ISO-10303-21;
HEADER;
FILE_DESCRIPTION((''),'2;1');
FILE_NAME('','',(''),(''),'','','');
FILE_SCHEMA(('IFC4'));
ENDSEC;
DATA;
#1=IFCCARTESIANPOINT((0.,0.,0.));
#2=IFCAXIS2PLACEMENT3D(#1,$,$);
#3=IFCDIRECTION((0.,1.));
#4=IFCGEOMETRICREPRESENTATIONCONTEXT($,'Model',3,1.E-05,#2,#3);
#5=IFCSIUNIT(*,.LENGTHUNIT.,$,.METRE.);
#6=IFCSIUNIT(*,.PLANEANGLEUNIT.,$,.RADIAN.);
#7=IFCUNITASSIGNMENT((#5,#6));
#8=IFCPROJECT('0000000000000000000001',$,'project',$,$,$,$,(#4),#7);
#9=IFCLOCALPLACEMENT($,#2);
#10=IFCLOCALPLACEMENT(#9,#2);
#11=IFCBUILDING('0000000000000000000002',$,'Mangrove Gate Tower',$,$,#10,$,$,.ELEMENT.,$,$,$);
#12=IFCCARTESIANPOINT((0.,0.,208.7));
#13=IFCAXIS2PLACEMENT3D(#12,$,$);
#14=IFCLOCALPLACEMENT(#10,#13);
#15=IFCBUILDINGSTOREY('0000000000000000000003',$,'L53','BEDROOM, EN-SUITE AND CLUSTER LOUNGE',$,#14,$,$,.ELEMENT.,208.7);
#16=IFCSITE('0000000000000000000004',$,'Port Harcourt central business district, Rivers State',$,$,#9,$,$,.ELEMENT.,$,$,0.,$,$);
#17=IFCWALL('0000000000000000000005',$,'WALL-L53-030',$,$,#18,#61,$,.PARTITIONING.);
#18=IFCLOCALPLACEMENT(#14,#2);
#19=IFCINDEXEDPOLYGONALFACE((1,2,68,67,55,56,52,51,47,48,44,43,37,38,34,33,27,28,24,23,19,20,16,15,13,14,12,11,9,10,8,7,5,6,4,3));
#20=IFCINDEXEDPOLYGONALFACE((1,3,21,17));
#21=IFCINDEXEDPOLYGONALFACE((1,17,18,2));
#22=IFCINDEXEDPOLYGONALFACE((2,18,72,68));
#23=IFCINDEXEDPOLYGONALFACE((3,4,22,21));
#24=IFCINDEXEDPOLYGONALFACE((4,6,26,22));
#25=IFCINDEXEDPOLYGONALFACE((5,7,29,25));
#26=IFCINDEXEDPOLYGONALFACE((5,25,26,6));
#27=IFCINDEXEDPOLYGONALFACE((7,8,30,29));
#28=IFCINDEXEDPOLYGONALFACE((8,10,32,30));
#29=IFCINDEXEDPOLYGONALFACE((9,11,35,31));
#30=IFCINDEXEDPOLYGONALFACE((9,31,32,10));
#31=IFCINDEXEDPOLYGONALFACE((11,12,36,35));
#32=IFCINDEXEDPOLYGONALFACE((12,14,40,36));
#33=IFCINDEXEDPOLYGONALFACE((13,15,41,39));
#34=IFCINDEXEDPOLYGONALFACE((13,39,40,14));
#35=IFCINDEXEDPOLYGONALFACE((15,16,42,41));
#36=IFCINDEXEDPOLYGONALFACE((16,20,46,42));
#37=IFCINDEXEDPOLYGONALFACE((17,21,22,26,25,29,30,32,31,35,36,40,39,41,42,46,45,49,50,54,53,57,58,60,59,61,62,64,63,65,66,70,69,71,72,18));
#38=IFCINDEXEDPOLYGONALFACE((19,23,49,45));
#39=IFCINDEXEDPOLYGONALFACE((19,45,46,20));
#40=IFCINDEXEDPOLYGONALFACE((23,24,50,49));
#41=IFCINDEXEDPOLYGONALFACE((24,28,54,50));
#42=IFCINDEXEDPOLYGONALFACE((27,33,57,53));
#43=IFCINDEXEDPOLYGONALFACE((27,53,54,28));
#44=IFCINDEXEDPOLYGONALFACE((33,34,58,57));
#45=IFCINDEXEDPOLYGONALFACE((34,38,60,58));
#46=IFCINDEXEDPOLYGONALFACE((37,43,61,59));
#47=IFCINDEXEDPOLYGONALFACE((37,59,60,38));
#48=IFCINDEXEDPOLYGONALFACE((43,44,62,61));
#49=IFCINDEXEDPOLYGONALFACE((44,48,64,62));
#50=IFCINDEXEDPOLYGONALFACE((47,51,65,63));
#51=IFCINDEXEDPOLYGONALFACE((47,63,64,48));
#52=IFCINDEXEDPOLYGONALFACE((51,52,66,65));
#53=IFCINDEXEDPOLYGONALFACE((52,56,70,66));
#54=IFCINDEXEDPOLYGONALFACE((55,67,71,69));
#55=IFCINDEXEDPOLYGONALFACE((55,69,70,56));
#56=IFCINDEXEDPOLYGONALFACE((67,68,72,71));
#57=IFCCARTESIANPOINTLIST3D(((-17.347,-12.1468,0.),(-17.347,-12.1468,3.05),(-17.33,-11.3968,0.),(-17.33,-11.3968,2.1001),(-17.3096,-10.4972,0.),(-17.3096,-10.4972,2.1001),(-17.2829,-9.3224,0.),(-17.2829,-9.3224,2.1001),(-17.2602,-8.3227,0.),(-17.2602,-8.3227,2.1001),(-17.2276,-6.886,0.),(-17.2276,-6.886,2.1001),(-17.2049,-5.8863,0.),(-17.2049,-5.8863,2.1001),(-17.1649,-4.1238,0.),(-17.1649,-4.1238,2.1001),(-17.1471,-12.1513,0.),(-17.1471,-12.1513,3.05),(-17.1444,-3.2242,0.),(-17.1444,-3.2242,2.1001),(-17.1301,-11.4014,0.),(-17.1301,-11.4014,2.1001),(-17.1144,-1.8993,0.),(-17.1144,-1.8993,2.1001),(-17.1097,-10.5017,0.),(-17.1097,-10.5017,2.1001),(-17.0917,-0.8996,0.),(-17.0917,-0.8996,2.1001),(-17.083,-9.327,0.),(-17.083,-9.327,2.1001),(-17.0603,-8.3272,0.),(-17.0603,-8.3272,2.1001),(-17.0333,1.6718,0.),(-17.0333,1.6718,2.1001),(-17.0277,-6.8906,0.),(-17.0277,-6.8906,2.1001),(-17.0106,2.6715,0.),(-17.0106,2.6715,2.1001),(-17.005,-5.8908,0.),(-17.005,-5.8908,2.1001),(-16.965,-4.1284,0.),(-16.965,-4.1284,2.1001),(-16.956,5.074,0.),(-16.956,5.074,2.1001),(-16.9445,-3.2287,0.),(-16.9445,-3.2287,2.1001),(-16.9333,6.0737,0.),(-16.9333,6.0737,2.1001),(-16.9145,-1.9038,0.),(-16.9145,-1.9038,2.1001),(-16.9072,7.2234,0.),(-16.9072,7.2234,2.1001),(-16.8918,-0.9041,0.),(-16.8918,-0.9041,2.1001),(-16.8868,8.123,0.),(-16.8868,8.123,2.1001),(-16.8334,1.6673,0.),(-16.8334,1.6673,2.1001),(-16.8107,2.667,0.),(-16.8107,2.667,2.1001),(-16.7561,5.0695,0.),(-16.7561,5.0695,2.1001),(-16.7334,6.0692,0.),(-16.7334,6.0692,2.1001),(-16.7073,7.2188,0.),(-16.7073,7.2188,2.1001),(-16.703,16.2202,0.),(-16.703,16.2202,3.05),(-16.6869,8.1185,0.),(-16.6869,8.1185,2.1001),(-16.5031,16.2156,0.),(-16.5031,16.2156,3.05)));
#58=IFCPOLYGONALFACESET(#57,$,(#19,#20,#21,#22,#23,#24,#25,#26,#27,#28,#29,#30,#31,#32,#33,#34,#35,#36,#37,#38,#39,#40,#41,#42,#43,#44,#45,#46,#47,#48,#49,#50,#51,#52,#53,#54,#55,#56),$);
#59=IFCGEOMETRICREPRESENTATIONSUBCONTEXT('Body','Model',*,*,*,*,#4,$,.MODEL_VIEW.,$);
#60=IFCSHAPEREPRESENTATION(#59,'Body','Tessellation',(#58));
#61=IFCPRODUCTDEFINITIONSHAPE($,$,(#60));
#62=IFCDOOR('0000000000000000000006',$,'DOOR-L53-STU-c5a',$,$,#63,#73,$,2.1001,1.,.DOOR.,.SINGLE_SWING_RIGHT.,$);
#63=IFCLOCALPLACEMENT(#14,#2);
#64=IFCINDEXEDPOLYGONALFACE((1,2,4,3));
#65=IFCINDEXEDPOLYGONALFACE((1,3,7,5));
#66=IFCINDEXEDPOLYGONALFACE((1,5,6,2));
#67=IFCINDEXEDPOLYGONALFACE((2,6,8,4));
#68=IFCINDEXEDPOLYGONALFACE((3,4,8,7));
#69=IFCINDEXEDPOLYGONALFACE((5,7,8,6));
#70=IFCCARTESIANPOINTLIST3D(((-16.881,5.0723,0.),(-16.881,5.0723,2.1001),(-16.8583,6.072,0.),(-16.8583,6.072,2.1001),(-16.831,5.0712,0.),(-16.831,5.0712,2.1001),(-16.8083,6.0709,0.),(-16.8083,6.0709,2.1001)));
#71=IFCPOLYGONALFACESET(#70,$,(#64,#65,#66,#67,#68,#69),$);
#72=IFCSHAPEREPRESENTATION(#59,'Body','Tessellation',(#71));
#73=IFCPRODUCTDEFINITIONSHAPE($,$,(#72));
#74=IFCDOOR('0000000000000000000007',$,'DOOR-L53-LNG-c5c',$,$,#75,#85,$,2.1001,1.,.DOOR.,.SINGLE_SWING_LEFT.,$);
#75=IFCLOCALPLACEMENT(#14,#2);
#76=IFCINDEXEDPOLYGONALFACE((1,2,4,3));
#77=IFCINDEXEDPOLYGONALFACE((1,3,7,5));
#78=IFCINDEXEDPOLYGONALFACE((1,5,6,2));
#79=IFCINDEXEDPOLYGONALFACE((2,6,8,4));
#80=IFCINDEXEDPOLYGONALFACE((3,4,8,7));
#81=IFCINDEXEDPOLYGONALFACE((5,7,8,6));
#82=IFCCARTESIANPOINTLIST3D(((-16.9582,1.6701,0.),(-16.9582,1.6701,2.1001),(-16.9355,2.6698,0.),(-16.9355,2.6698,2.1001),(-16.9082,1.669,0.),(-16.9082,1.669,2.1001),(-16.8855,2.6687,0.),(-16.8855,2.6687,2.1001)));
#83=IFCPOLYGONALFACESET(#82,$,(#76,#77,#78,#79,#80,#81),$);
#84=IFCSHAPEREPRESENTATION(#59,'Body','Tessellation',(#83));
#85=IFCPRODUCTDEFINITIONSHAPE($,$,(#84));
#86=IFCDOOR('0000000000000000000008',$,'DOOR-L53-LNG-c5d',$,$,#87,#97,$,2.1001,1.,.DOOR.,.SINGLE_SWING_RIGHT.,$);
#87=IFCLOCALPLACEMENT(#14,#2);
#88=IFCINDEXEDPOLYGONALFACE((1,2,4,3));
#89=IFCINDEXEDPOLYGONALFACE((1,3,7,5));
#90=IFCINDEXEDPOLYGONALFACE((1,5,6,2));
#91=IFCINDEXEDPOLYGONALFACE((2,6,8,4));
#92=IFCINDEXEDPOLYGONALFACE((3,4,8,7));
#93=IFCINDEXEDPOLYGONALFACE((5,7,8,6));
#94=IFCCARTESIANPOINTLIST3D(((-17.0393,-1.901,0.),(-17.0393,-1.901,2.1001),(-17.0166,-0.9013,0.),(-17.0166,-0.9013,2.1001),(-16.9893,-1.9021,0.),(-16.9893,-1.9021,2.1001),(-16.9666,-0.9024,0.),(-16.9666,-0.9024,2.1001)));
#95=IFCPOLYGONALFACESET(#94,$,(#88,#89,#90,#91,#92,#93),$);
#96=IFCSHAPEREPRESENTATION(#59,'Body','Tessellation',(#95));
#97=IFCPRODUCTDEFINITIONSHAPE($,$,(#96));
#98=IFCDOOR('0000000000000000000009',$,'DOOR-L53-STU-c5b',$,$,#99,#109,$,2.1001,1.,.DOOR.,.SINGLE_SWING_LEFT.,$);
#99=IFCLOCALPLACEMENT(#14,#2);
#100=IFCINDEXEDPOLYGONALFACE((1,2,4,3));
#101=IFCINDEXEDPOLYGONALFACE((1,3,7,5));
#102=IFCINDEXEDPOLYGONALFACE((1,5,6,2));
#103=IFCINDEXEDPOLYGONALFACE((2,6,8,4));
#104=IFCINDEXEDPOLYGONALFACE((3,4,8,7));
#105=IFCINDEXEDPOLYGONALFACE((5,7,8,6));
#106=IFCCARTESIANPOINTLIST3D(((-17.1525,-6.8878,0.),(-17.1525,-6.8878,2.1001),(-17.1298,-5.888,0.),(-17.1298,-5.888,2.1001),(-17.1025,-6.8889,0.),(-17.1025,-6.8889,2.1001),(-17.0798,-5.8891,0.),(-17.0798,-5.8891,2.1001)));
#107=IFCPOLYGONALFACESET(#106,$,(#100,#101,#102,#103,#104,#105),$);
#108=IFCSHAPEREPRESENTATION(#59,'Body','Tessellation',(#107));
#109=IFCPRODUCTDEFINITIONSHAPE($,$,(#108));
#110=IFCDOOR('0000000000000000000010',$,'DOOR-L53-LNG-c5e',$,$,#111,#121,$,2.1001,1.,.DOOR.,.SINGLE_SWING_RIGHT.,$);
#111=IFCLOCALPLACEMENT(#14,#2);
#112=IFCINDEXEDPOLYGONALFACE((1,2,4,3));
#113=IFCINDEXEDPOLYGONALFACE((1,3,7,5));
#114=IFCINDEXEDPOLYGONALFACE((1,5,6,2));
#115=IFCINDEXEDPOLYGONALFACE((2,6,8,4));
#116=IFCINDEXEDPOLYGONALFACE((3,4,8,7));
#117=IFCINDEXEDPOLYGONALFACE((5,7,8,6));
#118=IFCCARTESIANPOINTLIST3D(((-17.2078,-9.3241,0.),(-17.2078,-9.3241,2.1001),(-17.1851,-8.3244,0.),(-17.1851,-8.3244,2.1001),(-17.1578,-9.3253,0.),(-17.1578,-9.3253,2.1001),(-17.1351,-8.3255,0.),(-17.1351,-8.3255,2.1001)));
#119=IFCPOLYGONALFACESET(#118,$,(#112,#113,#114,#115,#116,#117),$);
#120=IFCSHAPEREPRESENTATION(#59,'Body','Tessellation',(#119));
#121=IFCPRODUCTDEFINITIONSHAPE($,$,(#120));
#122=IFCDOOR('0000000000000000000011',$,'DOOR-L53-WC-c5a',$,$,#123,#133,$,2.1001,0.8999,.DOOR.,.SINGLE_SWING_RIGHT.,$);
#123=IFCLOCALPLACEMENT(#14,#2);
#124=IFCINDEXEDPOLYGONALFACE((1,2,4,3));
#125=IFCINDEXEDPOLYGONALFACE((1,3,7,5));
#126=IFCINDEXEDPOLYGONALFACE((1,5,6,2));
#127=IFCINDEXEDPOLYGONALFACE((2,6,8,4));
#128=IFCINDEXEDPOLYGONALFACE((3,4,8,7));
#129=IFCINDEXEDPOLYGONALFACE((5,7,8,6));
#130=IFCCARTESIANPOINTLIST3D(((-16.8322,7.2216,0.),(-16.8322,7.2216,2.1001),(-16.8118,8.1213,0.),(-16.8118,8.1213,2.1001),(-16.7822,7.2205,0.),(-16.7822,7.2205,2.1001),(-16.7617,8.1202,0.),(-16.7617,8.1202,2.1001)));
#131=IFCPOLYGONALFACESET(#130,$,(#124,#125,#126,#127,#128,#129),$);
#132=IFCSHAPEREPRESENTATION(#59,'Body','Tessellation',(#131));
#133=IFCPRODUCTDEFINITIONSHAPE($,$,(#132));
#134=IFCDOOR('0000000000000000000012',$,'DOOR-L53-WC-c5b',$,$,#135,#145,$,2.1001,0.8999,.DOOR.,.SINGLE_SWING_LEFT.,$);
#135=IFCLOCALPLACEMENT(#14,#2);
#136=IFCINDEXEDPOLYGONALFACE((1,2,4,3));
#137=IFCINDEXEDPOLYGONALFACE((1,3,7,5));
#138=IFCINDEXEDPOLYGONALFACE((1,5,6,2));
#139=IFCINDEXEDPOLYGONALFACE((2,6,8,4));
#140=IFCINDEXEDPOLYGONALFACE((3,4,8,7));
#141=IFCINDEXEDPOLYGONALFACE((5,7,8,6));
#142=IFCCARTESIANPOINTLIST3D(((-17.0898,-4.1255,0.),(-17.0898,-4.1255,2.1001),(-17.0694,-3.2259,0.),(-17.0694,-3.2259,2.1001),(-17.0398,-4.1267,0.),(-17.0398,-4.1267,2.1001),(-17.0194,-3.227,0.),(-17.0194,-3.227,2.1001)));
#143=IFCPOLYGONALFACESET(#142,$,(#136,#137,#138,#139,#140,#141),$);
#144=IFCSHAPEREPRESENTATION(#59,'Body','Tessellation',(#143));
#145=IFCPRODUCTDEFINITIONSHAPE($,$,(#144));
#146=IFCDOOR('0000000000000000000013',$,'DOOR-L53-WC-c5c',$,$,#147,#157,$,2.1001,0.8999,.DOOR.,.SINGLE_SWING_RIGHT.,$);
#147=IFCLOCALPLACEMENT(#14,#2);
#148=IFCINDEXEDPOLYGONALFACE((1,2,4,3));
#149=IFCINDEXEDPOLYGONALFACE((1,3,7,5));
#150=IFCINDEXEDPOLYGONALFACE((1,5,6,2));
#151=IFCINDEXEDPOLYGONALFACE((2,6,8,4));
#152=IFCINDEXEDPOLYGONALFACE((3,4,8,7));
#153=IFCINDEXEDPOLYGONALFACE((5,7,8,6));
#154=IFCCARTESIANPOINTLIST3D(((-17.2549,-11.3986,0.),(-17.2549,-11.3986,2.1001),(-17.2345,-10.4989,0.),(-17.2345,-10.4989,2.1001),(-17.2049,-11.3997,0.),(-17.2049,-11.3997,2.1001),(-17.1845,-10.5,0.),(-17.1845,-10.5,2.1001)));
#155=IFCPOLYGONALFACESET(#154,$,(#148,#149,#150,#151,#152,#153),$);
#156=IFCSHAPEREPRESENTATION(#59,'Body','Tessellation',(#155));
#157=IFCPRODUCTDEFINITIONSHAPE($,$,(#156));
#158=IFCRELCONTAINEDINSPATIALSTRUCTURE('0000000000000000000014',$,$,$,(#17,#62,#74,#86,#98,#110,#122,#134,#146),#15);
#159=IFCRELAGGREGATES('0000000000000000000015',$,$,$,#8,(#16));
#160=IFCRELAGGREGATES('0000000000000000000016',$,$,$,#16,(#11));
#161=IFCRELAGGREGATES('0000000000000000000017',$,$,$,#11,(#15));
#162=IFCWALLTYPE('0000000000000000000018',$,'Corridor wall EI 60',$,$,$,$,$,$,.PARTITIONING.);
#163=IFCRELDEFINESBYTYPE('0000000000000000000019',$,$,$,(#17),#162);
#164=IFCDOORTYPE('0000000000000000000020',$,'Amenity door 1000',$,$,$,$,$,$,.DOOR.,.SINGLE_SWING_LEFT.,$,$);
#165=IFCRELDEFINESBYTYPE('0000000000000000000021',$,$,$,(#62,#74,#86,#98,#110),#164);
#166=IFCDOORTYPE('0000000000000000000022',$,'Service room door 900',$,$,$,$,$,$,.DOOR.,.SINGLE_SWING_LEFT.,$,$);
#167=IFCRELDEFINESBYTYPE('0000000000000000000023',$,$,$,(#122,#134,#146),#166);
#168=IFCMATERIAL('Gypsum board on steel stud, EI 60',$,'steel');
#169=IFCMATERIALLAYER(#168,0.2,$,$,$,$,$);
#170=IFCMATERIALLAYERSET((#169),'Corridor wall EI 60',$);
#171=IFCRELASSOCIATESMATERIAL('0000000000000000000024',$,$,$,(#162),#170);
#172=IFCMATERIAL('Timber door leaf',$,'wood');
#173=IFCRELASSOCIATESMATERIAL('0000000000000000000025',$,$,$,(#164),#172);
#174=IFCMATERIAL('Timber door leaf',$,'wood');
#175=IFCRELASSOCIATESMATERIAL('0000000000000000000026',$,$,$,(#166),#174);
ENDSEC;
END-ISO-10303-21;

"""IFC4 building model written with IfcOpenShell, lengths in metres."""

from ifc_helpers import new_model, si_unit, direction, frame, frame_2d, origin, place, context, subcontext, project, spatial, rectangle, extrude, material, layer, layer_set, type_object, element, fill, save


model = new_model("IFC4")

# Units and contexts
model_context = context("Model", 3, precision=1e-05, world=origin(), true_north=direction((0.0, 1.0)))
body_context = subcontext(model_context, "Body", "Model", "MODEL_VIEW")
ifc_project = project(units=[si_unit("LENGTHUNIT", "METRE"), si_unit("PLANEANGLEUNIT", "RADIAN")], contexts=[model_context])

# Site, building, storey
site_placement = place(None, origin())
site = spatial("IfcSite", under=ifc_project, at=site_placement, Name="Port Harcourt central business district, Rivers State", CompositionType="ELEMENT", RefElevation=0.0)
building_placement = place(site_placement, origin())
building = spatial("IfcBuilding", under=site, at=building_placement, Name="Mangrove Gate Tower", CompositionType="ELEMENT")
storey_placement = place(building_placement, frame((0.0, 0.0, 208.7)))
storey = spatial("IfcBuildingStorey", under=building, at=storey_placement, Name="L53", Description="BEDROOM, EN-SUITE AND CLUSTER LOUNGE", CompositionType="ELEMENT", Elevation=208.7)

# Wall, openings, doors
ifc_material_1 = material(Name="Gypsum board on steel stud, EI 60", Category="steel")
ifc_layer_1 = layer(ifc_material_1, 0.2)
ifc_layer_set_1 = layer_set([ifc_layer_1], Name="Corridor wall EI 60")
wall_type_1 = type_object("IfcWallType", Name="Corridor wall EI 60", PredefinedType="PARTITIONING", material=ifc_layer_set_1)
wall_1_placement = place(storey_placement, frame((-17.2471, -12.1489, 0.0), z_axis=(0.0, 0.0, 1.0), x_axis=(0.022698, 0.999742, 0.0)))
wall_1 = element("IfcWall", 1, at=wall_1_placement, inside=storey, type_object=wall_type_1, Name="WALL-L53-030", PredefinedType="PARTITIONING", context=body_context, shape_type="SweptSolid", body=[
    extrude(rectangle(XDim=28.3743, YDim=0.2, at=frame_2d((14.187, 0.0))), origin(), (0.0, 0.0, 1.0), 3.05),
])
opening_1_placement = place(wall_1_placement, frame((17.2251, 0.0, 0.0)))
opening_1 = element("IfcOpeningElement", 2, at=opening_1_placement, cuts=wall_1, PredefinedType="OPENING", context=body_context, shape_type="SweptSolid", body=[
    extrude(rectangle(XDim=1.0, YDim=2.1001, at=frame_2d((0.5, 1.05))), frame((0.0, 0.1099, 0.0), z_axis=(0.0, -1.0, 0.0), x_axis=(1.0, 0.0, 0.0)), (0.0, 0.0, 1.0), 0.22),
])
opening_2_placement = place(wall_1_placement, frame((19.375, 0.0, 0.0)))
opening_2 = element("IfcOpeningElement", 3, at=opening_2_placement, cuts=wall_1, PredefinedType="OPENING", context=body_context, shape_type="SweptSolid", body=[
    extrude(rectangle(XDim=0.8999, YDim=2.1001, at=frame_2d((0.45, 1.05))), frame((0.0, 0.1099, 0.0), z_axis=(0.0, -1.0, 0.0), x_axis=(1.0, 0.0, 0.0)), (0.0, 0.0, 1.0), 0.22),
])
opening_3_placement = place(wall_1_placement, frame((13.822, 0.0, 0.0)))
opening_3 = element("IfcOpeningElement", 4, at=opening_3_placement, cuts=wall_1, PredefinedType="OPENING", context=body_context, shape_type="SweptSolid", body=[
    extrude(rectangle(XDim=1.0, YDim=2.1001, at=frame_2d((0.5, 1.05))), frame((0.0, 0.1099, 0.0), z_axis=(0.0, -1.0, 0.0), x_axis=(1.0, 0.0, 0.0)), (0.0, 0.0, 1.0), 0.22),
])
opening_4_placement = place(wall_1_placement, frame((10.25, 0.0, 0.0)))
opening_4 = element("IfcOpeningElement", 5, at=opening_4_placement, cuts=wall_1, PredefinedType="OPENING", context=body_context, shape_type="SweptSolid", body=[
    extrude(rectangle(XDim=1.0, YDim=2.1001, at=frame_2d((0.5, 1.05))), frame((0.0, 0.1099, 0.0), z_axis=(0.0, -1.0, 0.0), x_axis=(1.0, 0.0, 0.0)), (0.0, 0.0, 1.0), 0.22),
])
opening_5_placement = place(wall_1_placement, frame((8.0249, 0.0, 0.0)))
opening_5 = element("IfcOpeningElement", 6, at=opening_5_placement, cuts=wall_1, PredefinedType="OPENING", context=body_context, shape_type="SweptSolid", body=[
    extrude(rectangle(XDim=0.8999, YDim=2.1001, at=frame_2d((0.45, 1.05))), frame((0.0, 0.1099, 0.0), z_axis=(0.0, -1.0, 0.0), x_axis=(1.0, 0.0, 0.0)), (0.0, 0.0, 1.0), 0.22),
])
opening_6_placement = place(wall_1_placement, frame((5.262, 0.0, 0.0)))
opening_6 = element("IfcOpeningElement", 7, at=opening_6_placement, cuts=wall_1, PredefinedType="OPENING", context=body_context, shape_type="SweptSolid", body=[
    extrude(rectangle(XDim=1.0, YDim=2.1001, at=frame_2d((0.5, 1.05))), frame((0.0, 0.1099, 0.0), z_axis=(0.0, -1.0, 0.0), x_axis=(1.0, 0.0, 0.0)), (0.0, 0.0, 1.0), 0.22),
])
opening_7_placement = place(wall_1_placement, frame((2.825, 0.0, 0.0)))
opening_7 = element("IfcOpeningElement", 8, at=opening_7_placement, cuts=wall_1, PredefinedType="OPENING", context=body_context, shape_type="SweptSolid", body=[
    extrude(rectangle(XDim=1.0, YDim=2.1001, at=frame_2d((0.5, 1.05))), frame((0.0, 0.1099, 0.0), z_axis=(0.0, -1.0, 0.0), x_axis=(1.0, 0.0, 0.0)), (0.0, 0.0, 1.0), 0.22),
])
opening_8_placement = place(wall_1_placement, frame((0.75, 0.0, 0.0)))
opening_8 = element("IfcOpeningElement", 9, at=opening_8_placement, cuts=wall_1, PredefinedType="OPENING", context=body_context, shape_type="SweptSolid", body=[
    extrude(rectangle(XDim=0.8999, YDim=2.1001, at=frame_2d((0.45, 1.05))), frame((0.0, 0.1099, 0.0), z_axis=(0.0, -1.0, 0.0), x_axis=(1.0, 0.0, 0.0)), (0.0, 0.0, 1.0), 0.22),
])
ifc_material_2 = material(Name="Timber door leaf", Category="wood")
door_type_1 = type_object("IfcDoorType", Name="Amenity door 1000", OperationType="SINGLE_SWING_LEFT", PredefinedType="DOOR", material=ifc_material_2)
door_1_placement = place(opening_1_placement, origin())
door_1 = element("IfcDoor", 10, at=door_1_placement, inside=storey, type_object=door_type_1, Name="DOOR-L53-STU-c5a", OperationType="SINGLE_SWING_RIGHT", OverallHeight=2.1001, OverallWidth=1.0, PredefinedType="DOOR", context=body_context, shape_type="SweptSolid", body=[
    extrude(rectangle(XDim=1.0, YDim=2.1001, at=frame_2d((0.5, 1.05))), frame((0.0, 0.0249, 0.0), z_axis=(0.0, -1.0, 0.0), x_axis=(1.0, 0.0, 0.0)), (0.0, 0.0, 1.0), 0.05),
])
fill(opening_1, door_1)
door_2_placement = place(opening_3_placement, origin())
door_2 = element("IfcDoor", 11, at=door_2_placement, inside=storey, type_object=door_type_1, Name="DOOR-L53-LNG-c5c", OperationType="SINGLE_SWING_LEFT", OverallHeight=2.1001, OverallWidth=1.0, PredefinedType="DOOR", context=body_context, shape_type="SweptSolid", body=[
    extrude(rectangle(XDim=1.0, YDim=2.1001, at=frame_2d((0.5, 1.05))), frame((0.0, 0.0249, 0.0), z_axis=(0.0, -1.0, 0.0), x_axis=(1.0, 0.0, 0.0)), (0.0, 0.0, 1.0), 0.05),
])
fill(opening_3, door_2)
door_3_placement = place(opening_4_placement, origin())
door_3 = element("IfcDoor", 12, at=door_3_placement, inside=storey, type_object=door_type_1, Name="DOOR-L53-LNG-c5d", OperationType="SINGLE_SWING_RIGHT", OverallHeight=2.1001, OverallWidth=1.0, PredefinedType="DOOR", context=body_context, shape_type="SweptSolid", body=[
    extrude(rectangle(XDim=1.0, YDim=2.1001, at=frame_2d((0.5, 1.05))), frame((0.0, 0.0249, 0.0), z_axis=(0.0, -1.0, 0.0), x_axis=(1.0, 0.0, 0.0)), (0.0, 0.0, 1.0), 0.05),
])
fill(opening_4, door_3)
door_4_placement = place(opening_6_placement, origin())
door_4 = element("IfcDoor", 13, at=door_4_placement, inside=storey, type_object=door_type_1, Name="DOOR-L53-STU-c5b", OperationType="SINGLE_SWING_LEFT", OverallHeight=2.1001, OverallWidth=1.0, PredefinedType="DOOR", context=body_context, shape_type="SweptSolid", body=[
    extrude(rectangle(XDim=1.0, YDim=2.1001, at=frame_2d((0.5, 1.05))), frame((0.0, 0.0249, 0.0), z_axis=(0.0, -1.0, 0.0), x_axis=(1.0, 0.0, 0.0)), (0.0, 0.0, 1.0), 0.05),
])
fill(opening_6, door_4)
door_5_placement = place(opening_7_placement, origin())
door_5 = element("IfcDoor", 14, at=door_5_placement, inside=storey, type_object=door_type_1, Name="DOOR-L53-LNG-c5e", OperationType="SINGLE_SWING_RIGHT", OverallHeight=2.1001, OverallWidth=1.0, PredefinedType="DOOR", context=body_context, shape_type="SweptSolid", body=[
    extrude(rectangle(XDim=1.0, YDim=2.1001, at=frame_2d((0.5, 1.05))), frame((0.0, 0.0249, 0.0), z_axis=(0.0, -1.0, 0.0), x_axis=(1.0, 0.0, 0.0)), (0.0, 0.0, 1.0), 0.05),
])
fill(opening_7, door_5)
ifc_material_3 = material(Name="Timber door leaf", Category="wood")
door_type_2 = type_object("IfcDoorType", Name="Service room door 900", OperationType="SINGLE_SWING_LEFT", PredefinedType="DOOR", material=ifc_material_3)
door_6_placement = place(opening_2_placement, origin())
door_6 = element("IfcDoor", 15, at=door_6_placement, inside=storey, type_object=door_type_2, Name="DOOR-L53-WC-c5a", OperationType="SINGLE_SWING_RIGHT", OverallHeight=2.1001, OverallWidth=0.8999, PredefinedType="DOOR", context=body_context, shape_type="SweptSolid", body=[
    extrude(rectangle(XDim=0.8999, YDim=2.1001, at=frame_2d((0.45, 1.05))), frame((0.0, 0.0249, 0.0), z_axis=(0.0, -1.0, 0.0), x_axis=(1.0, 0.0, 0.0)), (0.0, 0.0, 1.0), 0.05),
])
fill(opening_2, door_6)
door_7_placement = place(opening_5_placement, origin())
door_7 = element("IfcDoor", 16, at=door_7_placement, inside=storey, type_object=door_type_2, Name="DOOR-L53-WC-c5b", OperationType="SINGLE_SWING_LEFT", OverallHeight=2.1001, OverallWidth=0.8999, PredefinedType="DOOR", context=body_context, shape_type="SweptSolid", body=[
    extrude(rectangle(XDim=0.8999, YDim=2.1001, at=frame_2d((0.45, 1.05))), frame((0.0, 0.0249, 0.0), z_axis=(0.0, -1.0, 0.0), x_axis=(1.0, 0.0, 0.0)), (0.0, 0.0, 1.0), 0.05),
])
fill(opening_5, door_7)
door_8_placement = place(opening_8_placement, origin())
door_8 = element("IfcDoor", 17, at=door_8_placement, inside=storey, type_object=door_type_2, Name="DOOR-L53-WC-c5c", OperationType="SINGLE_SWING_RIGHT", OverallHeight=2.1001, OverallWidth=0.8999, PredefinedType="DOOR", context=body_context, shape_type="SweptSolid", body=[
    extrude(rectangle(XDim=0.8999, YDim=2.1001, at=frame_2d((0.45, 1.05))), frame((0.0, 0.0249, 0.0), z_axis=(0.0, -1.0, 0.0), x_axis=(1.0, 0.0, 0.0)), (0.0, 0.0, 1.0), 0.05),
])
fill(opening_8, door_8)

save(model, "model.ifc")
